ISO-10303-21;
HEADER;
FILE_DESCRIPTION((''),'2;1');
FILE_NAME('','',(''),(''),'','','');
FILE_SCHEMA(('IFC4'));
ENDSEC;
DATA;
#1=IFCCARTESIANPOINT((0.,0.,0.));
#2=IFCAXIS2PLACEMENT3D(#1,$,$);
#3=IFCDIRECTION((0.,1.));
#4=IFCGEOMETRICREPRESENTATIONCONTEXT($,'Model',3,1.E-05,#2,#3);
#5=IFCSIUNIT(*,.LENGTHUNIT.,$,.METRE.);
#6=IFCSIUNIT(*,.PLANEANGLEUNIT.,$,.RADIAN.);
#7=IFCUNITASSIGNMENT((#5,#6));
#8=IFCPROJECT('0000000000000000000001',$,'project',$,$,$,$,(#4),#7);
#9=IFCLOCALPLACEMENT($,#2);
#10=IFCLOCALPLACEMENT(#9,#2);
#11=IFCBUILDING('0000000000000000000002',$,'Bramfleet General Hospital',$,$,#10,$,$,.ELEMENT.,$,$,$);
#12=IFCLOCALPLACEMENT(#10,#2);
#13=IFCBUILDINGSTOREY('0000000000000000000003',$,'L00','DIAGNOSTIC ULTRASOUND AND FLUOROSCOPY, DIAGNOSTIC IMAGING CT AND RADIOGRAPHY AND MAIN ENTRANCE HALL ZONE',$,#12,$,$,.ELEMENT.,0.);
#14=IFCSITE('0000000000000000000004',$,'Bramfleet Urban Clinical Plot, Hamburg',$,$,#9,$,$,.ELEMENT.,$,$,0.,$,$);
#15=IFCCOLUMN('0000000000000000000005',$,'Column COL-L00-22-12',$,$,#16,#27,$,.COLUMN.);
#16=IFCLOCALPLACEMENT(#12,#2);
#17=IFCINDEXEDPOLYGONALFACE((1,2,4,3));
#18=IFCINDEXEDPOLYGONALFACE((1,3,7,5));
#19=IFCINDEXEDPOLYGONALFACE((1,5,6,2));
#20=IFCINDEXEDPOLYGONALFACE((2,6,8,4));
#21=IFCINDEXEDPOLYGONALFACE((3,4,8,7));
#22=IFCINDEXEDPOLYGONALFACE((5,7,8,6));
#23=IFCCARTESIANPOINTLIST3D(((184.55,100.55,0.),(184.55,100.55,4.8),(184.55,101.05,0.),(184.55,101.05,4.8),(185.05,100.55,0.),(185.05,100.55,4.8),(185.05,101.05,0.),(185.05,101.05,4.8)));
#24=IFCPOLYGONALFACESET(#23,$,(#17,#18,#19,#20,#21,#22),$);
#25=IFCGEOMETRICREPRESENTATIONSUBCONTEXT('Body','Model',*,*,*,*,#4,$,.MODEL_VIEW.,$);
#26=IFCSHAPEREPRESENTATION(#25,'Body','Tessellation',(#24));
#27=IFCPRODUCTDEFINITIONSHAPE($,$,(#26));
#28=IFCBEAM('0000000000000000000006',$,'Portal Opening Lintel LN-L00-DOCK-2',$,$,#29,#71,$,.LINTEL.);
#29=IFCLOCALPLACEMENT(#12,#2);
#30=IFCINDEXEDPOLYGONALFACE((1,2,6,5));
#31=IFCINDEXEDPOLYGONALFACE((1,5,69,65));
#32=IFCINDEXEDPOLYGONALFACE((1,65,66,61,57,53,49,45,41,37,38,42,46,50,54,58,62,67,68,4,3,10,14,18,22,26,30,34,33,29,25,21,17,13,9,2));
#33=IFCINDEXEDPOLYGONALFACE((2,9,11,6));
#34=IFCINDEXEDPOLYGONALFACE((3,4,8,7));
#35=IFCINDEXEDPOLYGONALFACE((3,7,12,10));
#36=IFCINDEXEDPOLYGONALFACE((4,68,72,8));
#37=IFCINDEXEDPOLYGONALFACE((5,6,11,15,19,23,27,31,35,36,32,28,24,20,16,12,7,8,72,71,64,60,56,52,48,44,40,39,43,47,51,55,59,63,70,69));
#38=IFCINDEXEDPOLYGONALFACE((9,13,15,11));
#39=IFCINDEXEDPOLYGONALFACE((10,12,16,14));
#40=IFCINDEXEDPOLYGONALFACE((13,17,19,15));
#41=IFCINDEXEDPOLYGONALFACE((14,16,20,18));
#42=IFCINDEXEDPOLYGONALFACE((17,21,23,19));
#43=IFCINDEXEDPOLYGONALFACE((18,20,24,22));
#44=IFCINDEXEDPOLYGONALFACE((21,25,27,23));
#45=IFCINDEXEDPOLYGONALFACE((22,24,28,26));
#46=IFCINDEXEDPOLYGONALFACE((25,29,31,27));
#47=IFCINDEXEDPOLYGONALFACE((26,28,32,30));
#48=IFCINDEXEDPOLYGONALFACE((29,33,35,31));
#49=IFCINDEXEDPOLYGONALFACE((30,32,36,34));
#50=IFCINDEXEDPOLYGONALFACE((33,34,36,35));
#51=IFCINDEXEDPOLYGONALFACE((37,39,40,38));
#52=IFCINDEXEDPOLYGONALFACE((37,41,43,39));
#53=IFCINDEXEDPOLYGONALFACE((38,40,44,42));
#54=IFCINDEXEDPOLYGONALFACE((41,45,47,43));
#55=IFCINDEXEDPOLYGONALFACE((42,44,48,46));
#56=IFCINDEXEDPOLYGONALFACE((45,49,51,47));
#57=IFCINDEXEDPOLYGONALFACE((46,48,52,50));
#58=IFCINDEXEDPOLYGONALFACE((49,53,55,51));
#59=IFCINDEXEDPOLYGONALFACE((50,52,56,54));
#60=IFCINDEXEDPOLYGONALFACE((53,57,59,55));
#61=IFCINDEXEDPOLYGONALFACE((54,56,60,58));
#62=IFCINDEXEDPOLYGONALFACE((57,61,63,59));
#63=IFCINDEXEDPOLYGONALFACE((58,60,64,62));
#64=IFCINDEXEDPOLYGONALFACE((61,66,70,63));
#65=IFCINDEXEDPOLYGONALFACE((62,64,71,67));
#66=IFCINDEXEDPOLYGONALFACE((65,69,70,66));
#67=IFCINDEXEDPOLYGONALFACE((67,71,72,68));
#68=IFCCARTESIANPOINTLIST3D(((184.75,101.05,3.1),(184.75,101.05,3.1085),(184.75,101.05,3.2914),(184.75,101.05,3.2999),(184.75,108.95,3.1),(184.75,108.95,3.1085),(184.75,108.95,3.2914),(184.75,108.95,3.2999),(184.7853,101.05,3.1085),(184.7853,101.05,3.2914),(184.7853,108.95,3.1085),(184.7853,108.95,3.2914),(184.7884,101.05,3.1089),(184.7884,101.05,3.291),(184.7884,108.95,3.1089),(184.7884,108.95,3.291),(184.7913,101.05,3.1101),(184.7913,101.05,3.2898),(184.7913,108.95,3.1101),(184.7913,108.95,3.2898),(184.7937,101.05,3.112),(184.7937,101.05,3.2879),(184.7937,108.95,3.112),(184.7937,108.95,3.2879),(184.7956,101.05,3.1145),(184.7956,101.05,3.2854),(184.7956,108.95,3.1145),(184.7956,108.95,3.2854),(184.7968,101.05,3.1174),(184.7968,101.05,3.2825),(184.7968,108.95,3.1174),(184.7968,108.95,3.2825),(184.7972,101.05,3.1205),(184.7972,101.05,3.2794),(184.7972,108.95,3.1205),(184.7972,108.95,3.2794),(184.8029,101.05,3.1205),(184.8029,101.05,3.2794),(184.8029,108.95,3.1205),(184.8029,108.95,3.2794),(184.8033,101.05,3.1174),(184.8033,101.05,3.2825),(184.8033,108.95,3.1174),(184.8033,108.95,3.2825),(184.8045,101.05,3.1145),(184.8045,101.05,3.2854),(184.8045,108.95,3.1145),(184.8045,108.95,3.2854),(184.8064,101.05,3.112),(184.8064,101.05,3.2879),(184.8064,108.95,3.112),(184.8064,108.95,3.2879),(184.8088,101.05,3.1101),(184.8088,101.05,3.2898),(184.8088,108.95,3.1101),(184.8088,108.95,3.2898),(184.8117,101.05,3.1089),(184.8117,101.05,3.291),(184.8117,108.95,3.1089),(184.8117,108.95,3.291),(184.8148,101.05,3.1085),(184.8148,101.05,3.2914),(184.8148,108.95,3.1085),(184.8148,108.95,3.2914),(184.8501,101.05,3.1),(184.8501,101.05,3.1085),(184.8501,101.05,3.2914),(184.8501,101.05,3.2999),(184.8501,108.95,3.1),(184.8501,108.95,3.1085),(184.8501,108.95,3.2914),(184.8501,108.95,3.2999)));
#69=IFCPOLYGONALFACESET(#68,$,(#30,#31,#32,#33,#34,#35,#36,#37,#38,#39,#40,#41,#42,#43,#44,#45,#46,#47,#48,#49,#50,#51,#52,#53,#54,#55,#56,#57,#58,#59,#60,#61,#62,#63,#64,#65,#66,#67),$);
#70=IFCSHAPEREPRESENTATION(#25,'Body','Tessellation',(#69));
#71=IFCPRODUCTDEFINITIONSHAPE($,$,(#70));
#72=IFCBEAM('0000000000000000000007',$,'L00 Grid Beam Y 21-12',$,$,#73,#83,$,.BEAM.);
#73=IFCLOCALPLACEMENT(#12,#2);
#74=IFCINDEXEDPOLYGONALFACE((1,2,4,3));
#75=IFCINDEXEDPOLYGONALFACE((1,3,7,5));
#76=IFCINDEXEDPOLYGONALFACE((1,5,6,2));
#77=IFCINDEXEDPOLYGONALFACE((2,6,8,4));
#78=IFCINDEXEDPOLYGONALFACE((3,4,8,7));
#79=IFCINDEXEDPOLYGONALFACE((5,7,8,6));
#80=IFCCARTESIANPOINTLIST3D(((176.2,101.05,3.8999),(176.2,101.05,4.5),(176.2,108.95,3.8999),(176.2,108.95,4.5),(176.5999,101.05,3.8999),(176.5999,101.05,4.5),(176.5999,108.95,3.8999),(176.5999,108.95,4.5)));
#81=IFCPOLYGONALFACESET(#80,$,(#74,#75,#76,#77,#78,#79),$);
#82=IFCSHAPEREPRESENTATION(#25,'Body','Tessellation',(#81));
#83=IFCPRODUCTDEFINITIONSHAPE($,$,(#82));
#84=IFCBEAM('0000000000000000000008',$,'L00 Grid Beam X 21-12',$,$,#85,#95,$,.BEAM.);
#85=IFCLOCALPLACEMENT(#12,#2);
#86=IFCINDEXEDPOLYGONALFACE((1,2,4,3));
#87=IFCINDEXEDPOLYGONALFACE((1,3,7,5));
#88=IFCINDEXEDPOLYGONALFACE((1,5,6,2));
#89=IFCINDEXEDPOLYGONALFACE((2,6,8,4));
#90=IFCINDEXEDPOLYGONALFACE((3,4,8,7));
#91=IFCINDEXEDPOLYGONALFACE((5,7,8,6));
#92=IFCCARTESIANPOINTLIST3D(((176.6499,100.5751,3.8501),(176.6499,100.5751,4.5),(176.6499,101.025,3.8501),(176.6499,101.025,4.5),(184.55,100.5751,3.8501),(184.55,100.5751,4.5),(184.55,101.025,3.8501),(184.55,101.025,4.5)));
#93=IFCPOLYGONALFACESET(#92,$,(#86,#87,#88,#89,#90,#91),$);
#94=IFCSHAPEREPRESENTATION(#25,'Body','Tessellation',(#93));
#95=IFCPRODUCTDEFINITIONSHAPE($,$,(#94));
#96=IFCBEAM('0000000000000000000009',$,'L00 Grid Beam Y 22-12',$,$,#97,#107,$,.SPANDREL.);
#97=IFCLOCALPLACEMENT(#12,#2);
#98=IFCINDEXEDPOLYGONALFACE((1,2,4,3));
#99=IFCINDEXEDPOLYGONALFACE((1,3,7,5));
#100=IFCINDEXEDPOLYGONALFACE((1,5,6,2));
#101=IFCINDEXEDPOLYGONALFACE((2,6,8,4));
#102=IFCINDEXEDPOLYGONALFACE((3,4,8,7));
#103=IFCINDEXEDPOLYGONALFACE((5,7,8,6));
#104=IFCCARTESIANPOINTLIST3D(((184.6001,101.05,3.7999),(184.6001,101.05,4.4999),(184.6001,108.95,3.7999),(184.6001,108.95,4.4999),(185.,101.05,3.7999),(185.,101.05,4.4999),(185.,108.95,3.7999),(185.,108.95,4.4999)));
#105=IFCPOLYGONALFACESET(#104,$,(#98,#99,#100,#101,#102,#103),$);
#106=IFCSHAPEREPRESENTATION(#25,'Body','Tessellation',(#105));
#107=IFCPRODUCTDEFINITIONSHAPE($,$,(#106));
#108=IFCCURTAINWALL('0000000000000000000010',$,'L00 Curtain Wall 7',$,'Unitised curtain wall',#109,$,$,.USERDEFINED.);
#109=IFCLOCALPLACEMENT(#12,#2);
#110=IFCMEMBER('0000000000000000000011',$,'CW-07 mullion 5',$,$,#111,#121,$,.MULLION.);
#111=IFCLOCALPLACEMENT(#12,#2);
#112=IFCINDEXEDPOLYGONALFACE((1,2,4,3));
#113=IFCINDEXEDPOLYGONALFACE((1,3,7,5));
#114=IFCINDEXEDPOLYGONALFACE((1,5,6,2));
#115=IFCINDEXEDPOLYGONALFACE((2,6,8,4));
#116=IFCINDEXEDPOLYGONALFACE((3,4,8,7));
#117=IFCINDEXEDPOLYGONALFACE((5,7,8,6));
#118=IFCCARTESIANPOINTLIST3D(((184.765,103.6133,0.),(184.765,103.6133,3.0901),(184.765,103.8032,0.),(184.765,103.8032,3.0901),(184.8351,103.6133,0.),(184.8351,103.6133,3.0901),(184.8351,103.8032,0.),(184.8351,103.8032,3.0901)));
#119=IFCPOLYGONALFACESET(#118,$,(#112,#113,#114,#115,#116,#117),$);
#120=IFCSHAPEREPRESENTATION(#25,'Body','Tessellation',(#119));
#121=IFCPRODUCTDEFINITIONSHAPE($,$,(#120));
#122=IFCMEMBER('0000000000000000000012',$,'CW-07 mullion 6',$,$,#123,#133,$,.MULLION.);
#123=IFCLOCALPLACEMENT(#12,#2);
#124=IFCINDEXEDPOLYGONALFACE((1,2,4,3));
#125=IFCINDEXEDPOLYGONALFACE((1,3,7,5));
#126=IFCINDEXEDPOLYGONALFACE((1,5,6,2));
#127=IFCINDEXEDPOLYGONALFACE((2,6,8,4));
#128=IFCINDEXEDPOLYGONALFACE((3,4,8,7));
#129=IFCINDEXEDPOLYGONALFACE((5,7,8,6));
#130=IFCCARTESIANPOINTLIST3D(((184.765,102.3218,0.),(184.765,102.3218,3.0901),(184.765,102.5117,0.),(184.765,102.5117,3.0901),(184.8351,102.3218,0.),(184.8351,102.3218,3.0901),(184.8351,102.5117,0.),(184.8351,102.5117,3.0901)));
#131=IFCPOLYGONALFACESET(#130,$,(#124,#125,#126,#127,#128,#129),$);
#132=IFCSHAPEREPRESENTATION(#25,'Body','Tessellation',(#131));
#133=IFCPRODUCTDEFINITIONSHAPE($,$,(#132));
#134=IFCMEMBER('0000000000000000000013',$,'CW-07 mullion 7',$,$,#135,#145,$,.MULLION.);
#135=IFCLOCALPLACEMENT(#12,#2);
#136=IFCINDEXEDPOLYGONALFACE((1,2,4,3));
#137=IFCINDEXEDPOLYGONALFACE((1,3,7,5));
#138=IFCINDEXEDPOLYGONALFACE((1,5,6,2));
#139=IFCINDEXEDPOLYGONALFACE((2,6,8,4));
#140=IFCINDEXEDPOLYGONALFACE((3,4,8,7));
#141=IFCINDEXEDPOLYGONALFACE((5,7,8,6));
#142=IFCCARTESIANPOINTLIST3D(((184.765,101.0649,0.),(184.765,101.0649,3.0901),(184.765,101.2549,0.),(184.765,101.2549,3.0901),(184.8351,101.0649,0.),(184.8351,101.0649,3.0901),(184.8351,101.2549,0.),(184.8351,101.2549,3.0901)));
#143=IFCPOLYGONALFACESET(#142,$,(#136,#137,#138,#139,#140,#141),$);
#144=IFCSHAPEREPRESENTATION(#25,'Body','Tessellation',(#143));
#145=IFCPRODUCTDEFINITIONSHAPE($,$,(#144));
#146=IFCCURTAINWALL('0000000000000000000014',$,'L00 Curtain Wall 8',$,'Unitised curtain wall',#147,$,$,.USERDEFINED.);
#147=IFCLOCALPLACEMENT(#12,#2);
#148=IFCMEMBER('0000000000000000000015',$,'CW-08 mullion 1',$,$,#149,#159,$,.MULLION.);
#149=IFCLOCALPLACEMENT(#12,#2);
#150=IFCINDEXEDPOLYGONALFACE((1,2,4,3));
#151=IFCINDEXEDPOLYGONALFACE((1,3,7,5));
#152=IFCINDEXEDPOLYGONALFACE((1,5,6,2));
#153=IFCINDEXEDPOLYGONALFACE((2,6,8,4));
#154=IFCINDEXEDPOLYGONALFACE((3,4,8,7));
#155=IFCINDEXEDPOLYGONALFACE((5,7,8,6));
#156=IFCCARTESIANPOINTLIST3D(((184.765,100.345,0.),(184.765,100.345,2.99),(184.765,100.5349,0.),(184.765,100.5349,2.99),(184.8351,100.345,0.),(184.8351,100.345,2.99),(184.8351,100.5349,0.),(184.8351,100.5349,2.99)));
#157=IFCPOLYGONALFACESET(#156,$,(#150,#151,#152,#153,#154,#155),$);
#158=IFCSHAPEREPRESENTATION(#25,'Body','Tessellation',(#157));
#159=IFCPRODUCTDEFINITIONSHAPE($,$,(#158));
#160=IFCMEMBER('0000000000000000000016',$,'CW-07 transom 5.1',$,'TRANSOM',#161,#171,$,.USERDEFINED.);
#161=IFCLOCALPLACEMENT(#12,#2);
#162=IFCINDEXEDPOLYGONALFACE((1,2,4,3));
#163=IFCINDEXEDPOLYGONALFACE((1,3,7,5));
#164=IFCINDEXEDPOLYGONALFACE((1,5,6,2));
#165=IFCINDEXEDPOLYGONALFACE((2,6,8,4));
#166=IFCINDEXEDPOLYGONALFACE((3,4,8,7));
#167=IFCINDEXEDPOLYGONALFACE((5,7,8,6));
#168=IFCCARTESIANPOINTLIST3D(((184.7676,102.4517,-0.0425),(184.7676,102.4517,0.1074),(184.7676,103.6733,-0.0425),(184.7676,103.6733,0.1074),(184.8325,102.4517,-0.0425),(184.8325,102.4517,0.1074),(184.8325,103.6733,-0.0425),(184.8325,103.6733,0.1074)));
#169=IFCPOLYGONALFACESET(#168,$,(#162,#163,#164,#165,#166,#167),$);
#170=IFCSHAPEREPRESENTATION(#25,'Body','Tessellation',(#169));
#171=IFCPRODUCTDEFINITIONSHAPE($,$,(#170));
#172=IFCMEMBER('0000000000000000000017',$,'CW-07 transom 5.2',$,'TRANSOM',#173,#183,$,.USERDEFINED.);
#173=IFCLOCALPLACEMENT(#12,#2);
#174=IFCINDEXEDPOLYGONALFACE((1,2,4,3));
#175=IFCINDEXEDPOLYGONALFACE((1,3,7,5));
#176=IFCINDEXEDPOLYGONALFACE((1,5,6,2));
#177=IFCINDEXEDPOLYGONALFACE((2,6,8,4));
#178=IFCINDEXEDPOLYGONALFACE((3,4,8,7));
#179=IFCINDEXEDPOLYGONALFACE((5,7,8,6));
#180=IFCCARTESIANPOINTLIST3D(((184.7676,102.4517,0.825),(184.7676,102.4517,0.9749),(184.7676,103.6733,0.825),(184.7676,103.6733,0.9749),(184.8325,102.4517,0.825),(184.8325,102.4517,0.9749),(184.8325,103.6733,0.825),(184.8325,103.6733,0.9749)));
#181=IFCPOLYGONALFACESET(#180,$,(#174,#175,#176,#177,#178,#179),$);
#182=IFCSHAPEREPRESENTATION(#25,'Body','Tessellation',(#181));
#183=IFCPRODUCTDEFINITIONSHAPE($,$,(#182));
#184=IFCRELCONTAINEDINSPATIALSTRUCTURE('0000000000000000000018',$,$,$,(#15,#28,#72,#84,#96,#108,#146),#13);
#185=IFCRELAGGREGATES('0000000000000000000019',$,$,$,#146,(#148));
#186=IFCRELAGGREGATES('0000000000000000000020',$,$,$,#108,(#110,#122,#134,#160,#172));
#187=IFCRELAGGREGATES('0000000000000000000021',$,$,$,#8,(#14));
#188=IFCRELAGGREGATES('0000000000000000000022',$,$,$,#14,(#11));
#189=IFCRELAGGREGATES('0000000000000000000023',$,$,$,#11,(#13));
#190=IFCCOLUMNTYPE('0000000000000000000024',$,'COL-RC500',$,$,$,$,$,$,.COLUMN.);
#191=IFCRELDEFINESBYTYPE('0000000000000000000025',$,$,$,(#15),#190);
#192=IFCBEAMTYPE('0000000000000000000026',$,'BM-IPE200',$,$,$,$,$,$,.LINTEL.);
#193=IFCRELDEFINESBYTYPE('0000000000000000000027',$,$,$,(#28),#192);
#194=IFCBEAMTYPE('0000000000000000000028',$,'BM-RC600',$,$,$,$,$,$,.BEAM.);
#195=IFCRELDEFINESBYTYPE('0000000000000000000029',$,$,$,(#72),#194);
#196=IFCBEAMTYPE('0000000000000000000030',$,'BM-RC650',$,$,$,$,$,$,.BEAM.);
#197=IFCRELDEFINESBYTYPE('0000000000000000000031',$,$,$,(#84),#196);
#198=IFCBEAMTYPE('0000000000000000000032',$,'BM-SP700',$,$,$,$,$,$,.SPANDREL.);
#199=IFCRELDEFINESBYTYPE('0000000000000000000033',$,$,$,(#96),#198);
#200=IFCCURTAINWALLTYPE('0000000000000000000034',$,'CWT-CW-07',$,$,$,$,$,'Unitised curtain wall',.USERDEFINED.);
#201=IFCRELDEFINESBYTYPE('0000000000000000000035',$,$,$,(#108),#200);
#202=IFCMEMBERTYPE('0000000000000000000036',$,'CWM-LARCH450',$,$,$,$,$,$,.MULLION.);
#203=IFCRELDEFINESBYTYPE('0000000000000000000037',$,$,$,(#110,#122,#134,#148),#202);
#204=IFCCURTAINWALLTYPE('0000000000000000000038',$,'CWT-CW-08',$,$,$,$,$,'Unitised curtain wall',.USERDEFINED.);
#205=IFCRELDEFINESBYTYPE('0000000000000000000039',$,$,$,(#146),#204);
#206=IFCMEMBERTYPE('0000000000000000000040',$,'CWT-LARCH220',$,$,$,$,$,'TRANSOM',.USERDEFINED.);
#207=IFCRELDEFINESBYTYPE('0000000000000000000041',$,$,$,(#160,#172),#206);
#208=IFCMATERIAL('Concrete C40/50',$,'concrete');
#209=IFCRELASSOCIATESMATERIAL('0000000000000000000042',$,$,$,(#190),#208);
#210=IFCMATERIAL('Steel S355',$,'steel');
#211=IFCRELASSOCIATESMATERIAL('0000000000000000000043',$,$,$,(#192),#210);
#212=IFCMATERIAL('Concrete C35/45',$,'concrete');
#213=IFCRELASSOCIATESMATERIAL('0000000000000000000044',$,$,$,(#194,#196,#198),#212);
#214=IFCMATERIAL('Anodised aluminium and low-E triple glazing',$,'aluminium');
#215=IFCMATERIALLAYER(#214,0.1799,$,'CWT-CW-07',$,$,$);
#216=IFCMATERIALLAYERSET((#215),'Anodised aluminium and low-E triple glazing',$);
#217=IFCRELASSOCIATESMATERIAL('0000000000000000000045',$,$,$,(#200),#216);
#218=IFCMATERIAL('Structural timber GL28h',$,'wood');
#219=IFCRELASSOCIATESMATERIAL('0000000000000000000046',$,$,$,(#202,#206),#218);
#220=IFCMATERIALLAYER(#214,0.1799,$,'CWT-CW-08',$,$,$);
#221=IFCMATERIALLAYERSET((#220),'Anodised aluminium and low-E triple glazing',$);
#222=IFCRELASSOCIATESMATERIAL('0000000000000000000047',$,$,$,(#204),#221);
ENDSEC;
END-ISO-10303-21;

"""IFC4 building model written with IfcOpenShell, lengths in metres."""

from ifc_helpers import new_model, si_unit, direction, frame, origin, origin_2d, place, context, subcontext, project, spatial, rectangle, i_section, extrude, material, layer, layer_set, material_profile, profile_set, type_object, element, aggregate, save


model = new_model("IFC4")

# Units and contexts
model_context = context("Model", 3, precision=1e-05, world=origin(), true_north=direction((0.0, 1.0)))
body_context = subcontext(model_context, "Body", "Model", "MODEL_VIEW")
ifc_project = project(units=[si_unit("LENGTHUNIT", "METRE"), si_unit("PLANEANGLEUNIT", "RADIAN")], contexts=[model_context])

# Site, building, storey
site_placement = place(None, origin())
site = spatial("IfcSite", under=ifc_project, at=site_placement, Name="Bramfleet Urban Clinical Plot, Hamburg", CompositionType="ELEMENT", RefElevation=0.0)
building_placement = place(site_placement, origin())
building = spatial("IfcBuilding", under=site, at=building_placement, Name="Bramfleet General Hospital", CompositionType="ELEMENT")
storey_placement = place(building_placement, origin())
storey = spatial("IfcBuildingStorey", under=building, at=storey_placement, Name="L00", Description="DIAGNOSTIC ULTRASOUND AND FLUOROSCOPY, DIAGNOSTIC IMAGING CT AND RADIOGRAPHY AND MAIN ENTRANCE HALL ZONE", CompositionType="ELEMENT", Elevation=0.0)

# Column
ifc_material_1 = material(Name="Concrete C40/50", Category="concrete")
ifc_material_profile_1 = material_profile(ifc_material_1, rectangle(XDim=0.5, YDim=0.5, at=origin_2d()), Name="RC COL 500x500")
ifc_profile_set_1 = profile_set([ifc_material_profile_1], Name="Concrete C40/50")
column_type = type_object("IfcColumnType", Name="COL-RC500", PredefinedType="COLUMN", material=ifc_profile_set_1)
column_placement = place(storey_placement, frame((184.8, 100.8, 0.0), z_axis=(0.0, 0.0, 1.0), x_axis=(1.0, 0.0, 0.0)))
element("IfcColumn", 1, at=column_placement, inside=storey, type_object=column_type, Name="Column COL-L00-22-12", PredefinedType="COLUMN", context=body_context, shape_type="SweptSolid", body=[
    extrude(rectangle(XDim=0.5, YDim=0.5, at=origin_2d()), origin(), (0.0, 0.0, 1.0), 4.8),
])

# Beams
ifc_material_2 = material(Name="Steel S355", Category="steel")
ifc_material_profile_2 = material_profile(ifc_material_2, i_section(OverallWidth=0.1001, OverallDepth=0.2, WebThickness=0.0056, FlangeThickness=0.0085, FilletRadius=0.012, at=origin_2d()), Name="IPE 200")
ifc_profile_set_2 = profile_set([ifc_material_profile_2], Name="Steel S355")
beam_type_1 = type_object("IfcBeamType", Name="BM-IPE200", PredefinedType="LINTEL", material=ifc_profile_set_2)
beam_1_placement = place(storey_placement, frame((184.8, 101.05, 3.2), z_axis=(0.0, 1.0, 0.0), x_axis=(-1.0, 0.0, 0.0)))
element("IfcBeam", 2, at=beam_1_placement, inside=storey, type_object=beam_type_1, Name="Portal Opening Lintel LN-L00-DOCK-2", PredefinedType="LINTEL", context=body_context, shape_type="SweptSolid", body=[
    extrude(i_section(OverallWidth=0.1001, OverallDepth=0.2, WebThickness=0.0056, FlangeThickness=0.0085, FilletRadius=0.012, at=origin_2d()), origin(), (0.0, 0.0, 1.0), 7.8999),
])
ifc_material_3 = material(Name="Concrete C35/45", Category="concrete")
ifc_material_profile_3 = material_profile(ifc_material_3, rectangle(XDim=0.3999, YDim=0.6001, at=origin_2d()), Name="RC BM 600x400")
ifc_profile_set_3 = profile_set([ifc_material_profile_3], Name="Concrete C35/45")
beam_type_2 = type_object("IfcBeamType", Name="BM-RC600", PredefinedType="BEAM", material=ifc_profile_set_3)
beam_2_placement = place(storey_placement, frame((176.3999, 101.05, 4.2), z_axis=(0.0, 1.0, 0.0), x_axis=(-1.0, 0.0, 0.0)))
element("IfcBeam", 3, at=beam_2_placement, inside=storey, type_object=beam_type_2, Name="L00 Grid Beam Y 21-12", PredefinedType="BEAM", context=body_context, shape_type="SweptSolid", body=[
    extrude(rectangle(XDim=0.3999, YDim=0.6001, at=origin_2d()), origin(), (0.0, 0.0, 1.0), 7.8999),
])
ifc_material_profile_4 = material_profile(ifc_material_3, rectangle(XDim=0.45, YDim=0.6499, at=origin_2d()), Name="RC BM 650x450")
ifc_profile_set_4 = profile_set([ifc_material_profile_4], Name="Concrete C35/45")
beam_type_3 = type_object("IfcBeamType", Name="BM-RC650", PredefinedType="BEAM", material=ifc_profile_set_4)
beam_3_placement = place(storey_placement, frame((176.6499, 100.8, 4.175), z_axis=(1.0, 0.0, 0.0), x_axis=(0.0, 1.0, 0.0)))
element("IfcBeam", 4, at=beam_3_placement, inside=storey, type_object=beam_type_3, Name="L00 Grid Beam X 21-12", PredefinedType="BEAM", context=body_context, shape_type="SweptSolid", body=[
    extrude(rectangle(XDim=0.45, YDim=0.6499, at=origin_2d()), origin(), (0.0, 0.0, 1.0), 7.9001),
])
ifc_material_profile_5 = material_profile(ifc_material_3, rectangle(XDim=0.3999, YDim=0.7, at=origin_2d()), Name="RC SP 700x400")
ifc_profile_set_5 = profile_set([ifc_material_profile_5], Name="Concrete C35/45")
beam_type_4 = type_object("IfcBeamType", Name="BM-SP700", PredefinedType="SPANDREL", material=ifc_profile_set_5)
beam_4_placement = place(storey_placement, frame((184.8, 101.05, 4.1499), z_axis=(0.0, 1.0, 0.0), x_axis=(-1.0, 0.0, 0.0)))
element("IfcBeam", 5, at=beam_4_placement, inside=storey, type_object=beam_type_4, Name="L00 Grid Beam Y 22-12", PredefinedType="SPANDREL", context=body_context, shape_type="SweptSolid", body=[
    extrude(rectangle(XDim=0.3999, YDim=0.7, at=origin_2d()), origin(), (0.0, 0.0, 1.0), 7.8999),
])

# Curtain wall, members
ifc_material_4 = material(Name="Anodised aluminium and low-E triple glazing", Category="aluminium")
ifc_layer_1 = layer(ifc_material_4, 0.1799, Name="CWT-CW-07")
ifc_layer_set_1 = layer_set([ifc_layer_1], Name="Anodised aluminium and low-E triple glazing")
curtain_wall_type_1 = type_object("IfcCurtainWallType", Name="CWT-CW-07", ElementType="Unitised curtain wall", PredefinedType="USERDEFINED", material=ifc_layer_set_1)
curtain_wall_1_placement = place(storey_placement, origin())
curtain_wall_1 = element("IfcCurtainWall", 6, at=curtain_wall_1_placement, inside=storey, type_object=curtain_wall_type_1, Name="L00 Curtain Wall 7", ObjectType="Unitised curtain wall", PredefinedType="USERDEFINED")
ifc_material_5 = material(Name="Structural timber GL28h", Category="wood")
ifc_material_profile_6 = material_profile(ifc_material_5, rectangle(XDim=0.0701, YDim=0.1899, at=origin_2d()), Name="LARCH 190x70")
ifc_profile_set_6 = profile_set([ifc_material_profile_6], Name="Structural timber GL28h")
member_type_1 = type_object("IfcMemberType", Name="CWM-LARCH450", PredefinedType="MULLION", material=ifc_profile_set_6)
member_1_placement = place(storey_placement, frame((184.8, 103.7083, 0.0), z_axis=(0.0, 0.0, 1.0), x_axis=(1.0, 0.0, 0.0)))
member_1 = element("IfcMember", 7, at=member_1_placement, type_object=member_type_1, Name="CW-07 mullion 5", PredefinedType="MULLION", context=body_context, shape_type="SweptSolid", body=[
    extrude(rectangle(XDim=0.0701, YDim=0.1899, at=origin_2d()), origin(), (0.0, 0.0, 1.0), 3.0901),
])
member_2_placement = place(storey_placement, frame((184.8, 102.4167, 0.0), z_axis=(0.0, 0.0, 1.0), x_axis=(1.0, 0.0, 0.0)))
member_2 = element("IfcMember", 8, at=member_2_placement, type_object=member_type_1, Name="CW-07 mullion 6", PredefinedType="MULLION", context=body_context, shape_type="SweptSolid", body=[
    extrude(rectangle(XDim=0.0701, YDim=0.1899, at=origin_2d()), origin(), (0.0, 0.0, 1.0), 3.0901),
])
member_3_placement = place(storey_placement, frame((184.8, 101.1599, 0.0), z_axis=(0.0, 0.0, 1.0), x_axis=(1.0, 0.0, 0.0)))
member_3 = element("IfcMember", 9, at=member_3_placement, type_object=member_type_1, Name="CW-07 mullion 7", PredefinedType="MULLION", context=body_context, shape_type="SweptSolid", body=[
    extrude(rectangle(XDim=0.0701, YDim=0.1899, at=origin_2d()), origin(), (0.0, 0.0, 1.0), 3.0901),
])

# Curtain wall, member
ifc_layer_2 = layer(ifc_material_4, 0.1799, Name="CWT-CW-08")
ifc_layer_set_2 = layer_set([ifc_layer_2], Name="Anodised aluminium and low-E triple glazing")
curtain_wall_type_2 = type_object("IfcCurtainWallType", Name="CWT-CW-08", ElementType="Unitised curtain wall", PredefinedType="USERDEFINED", material=ifc_layer_set_2)
curtain_wall_2_placement = place(storey_placement, origin())
curtain_wall_2 = element("IfcCurtainWall", 10, at=curtain_wall_2_placement, inside=storey, type_object=curtain_wall_type_2, Name="L00 Curtain Wall 8", ObjectType="Unitised curtain wall", PredefinedType="USERDEFINED")
member_4_placement = place(storey_placement, frame((184.8, 100.4399, 0.0), z_axis=(0.0, 0.0, 1.0), x_axis=(1.0, 0.0, 0.0)))
member_4 = element("IfcMember", 11, at=member_4_placement, type_object=member_type_1, Name="CW-08 mullion 1", PredefinedType="MULLION", context=body_context, shape_type="SweptSolid", body=[
    extrude(rectangle(XDim=0.0701, YDim=0.1899, at=origin_2d()), origin(), (0.0, 0.0, 1.0), 2.99),
])

# Members
ifc_material_profile_7 = material_profile(ifc_material_5, rectangle(XDim=0.0649, YDim=0.1499, at=origin_2d()), Name="LARCH 150x65")
ifc_profile_set_7 = profile_set([ifc_material_profile_7], Name="Structural timber GL28h")
member_type_2 = type_object("IfcMemberType", Name="CWT-LARCH220", ElementType="TRANSOM", PredefinedType="USERDEFINED", material=ifc_profile_set_7)
member_5_placement = place(storey_placement, frame((184.8, 103.6733, 0.0325), z_axis=(0.0, -1.0, 0.0), x_axis=(1.0, 0.0, 0.0)))
member_5 = element("IfcMember", 12, at=member_5_placement, type_object=member_type_2, Name="CW-07 transom 5.1", ObjectType="TRANSOM", PredefinedType="USERDEFINED", context=body_context, shape_type="SweptSolid", body=[
    extrude(rectangle(XDim=0.0649, YDim=0.1499, at=origin_2d()), origin(), (0.0, 0.0, 1.0), 1.2217),
])
member_6_placement = place(storey_placement, frame((184.8, 103.6733, 0.8999), z_axis=(0.0, -1.0, 0.0), x_axis=(1.0, 0.0, 0.0)))
member_6 = element("IfcMember", 13, at=member_6_placement, type_object=member_type_2, Name="CW-07 transom 5.2", ObjectType="TRANSOM", PredefinedType="USERDEFINED", context=body_context, shape_type="SweptSolid", body=[
    extrude(rectangle(XDim=0.0649, YDim=0.1499, at=origin_2d()), origin(), (0.0, 0.0, 1.0), 1.2217),
])
aggregate(curtain_wall_2, [member_4])

aggregate(curtain_wall_1, [member_1, member_2, member_3, member_5, member_6])

save(model, "model.ifc")
